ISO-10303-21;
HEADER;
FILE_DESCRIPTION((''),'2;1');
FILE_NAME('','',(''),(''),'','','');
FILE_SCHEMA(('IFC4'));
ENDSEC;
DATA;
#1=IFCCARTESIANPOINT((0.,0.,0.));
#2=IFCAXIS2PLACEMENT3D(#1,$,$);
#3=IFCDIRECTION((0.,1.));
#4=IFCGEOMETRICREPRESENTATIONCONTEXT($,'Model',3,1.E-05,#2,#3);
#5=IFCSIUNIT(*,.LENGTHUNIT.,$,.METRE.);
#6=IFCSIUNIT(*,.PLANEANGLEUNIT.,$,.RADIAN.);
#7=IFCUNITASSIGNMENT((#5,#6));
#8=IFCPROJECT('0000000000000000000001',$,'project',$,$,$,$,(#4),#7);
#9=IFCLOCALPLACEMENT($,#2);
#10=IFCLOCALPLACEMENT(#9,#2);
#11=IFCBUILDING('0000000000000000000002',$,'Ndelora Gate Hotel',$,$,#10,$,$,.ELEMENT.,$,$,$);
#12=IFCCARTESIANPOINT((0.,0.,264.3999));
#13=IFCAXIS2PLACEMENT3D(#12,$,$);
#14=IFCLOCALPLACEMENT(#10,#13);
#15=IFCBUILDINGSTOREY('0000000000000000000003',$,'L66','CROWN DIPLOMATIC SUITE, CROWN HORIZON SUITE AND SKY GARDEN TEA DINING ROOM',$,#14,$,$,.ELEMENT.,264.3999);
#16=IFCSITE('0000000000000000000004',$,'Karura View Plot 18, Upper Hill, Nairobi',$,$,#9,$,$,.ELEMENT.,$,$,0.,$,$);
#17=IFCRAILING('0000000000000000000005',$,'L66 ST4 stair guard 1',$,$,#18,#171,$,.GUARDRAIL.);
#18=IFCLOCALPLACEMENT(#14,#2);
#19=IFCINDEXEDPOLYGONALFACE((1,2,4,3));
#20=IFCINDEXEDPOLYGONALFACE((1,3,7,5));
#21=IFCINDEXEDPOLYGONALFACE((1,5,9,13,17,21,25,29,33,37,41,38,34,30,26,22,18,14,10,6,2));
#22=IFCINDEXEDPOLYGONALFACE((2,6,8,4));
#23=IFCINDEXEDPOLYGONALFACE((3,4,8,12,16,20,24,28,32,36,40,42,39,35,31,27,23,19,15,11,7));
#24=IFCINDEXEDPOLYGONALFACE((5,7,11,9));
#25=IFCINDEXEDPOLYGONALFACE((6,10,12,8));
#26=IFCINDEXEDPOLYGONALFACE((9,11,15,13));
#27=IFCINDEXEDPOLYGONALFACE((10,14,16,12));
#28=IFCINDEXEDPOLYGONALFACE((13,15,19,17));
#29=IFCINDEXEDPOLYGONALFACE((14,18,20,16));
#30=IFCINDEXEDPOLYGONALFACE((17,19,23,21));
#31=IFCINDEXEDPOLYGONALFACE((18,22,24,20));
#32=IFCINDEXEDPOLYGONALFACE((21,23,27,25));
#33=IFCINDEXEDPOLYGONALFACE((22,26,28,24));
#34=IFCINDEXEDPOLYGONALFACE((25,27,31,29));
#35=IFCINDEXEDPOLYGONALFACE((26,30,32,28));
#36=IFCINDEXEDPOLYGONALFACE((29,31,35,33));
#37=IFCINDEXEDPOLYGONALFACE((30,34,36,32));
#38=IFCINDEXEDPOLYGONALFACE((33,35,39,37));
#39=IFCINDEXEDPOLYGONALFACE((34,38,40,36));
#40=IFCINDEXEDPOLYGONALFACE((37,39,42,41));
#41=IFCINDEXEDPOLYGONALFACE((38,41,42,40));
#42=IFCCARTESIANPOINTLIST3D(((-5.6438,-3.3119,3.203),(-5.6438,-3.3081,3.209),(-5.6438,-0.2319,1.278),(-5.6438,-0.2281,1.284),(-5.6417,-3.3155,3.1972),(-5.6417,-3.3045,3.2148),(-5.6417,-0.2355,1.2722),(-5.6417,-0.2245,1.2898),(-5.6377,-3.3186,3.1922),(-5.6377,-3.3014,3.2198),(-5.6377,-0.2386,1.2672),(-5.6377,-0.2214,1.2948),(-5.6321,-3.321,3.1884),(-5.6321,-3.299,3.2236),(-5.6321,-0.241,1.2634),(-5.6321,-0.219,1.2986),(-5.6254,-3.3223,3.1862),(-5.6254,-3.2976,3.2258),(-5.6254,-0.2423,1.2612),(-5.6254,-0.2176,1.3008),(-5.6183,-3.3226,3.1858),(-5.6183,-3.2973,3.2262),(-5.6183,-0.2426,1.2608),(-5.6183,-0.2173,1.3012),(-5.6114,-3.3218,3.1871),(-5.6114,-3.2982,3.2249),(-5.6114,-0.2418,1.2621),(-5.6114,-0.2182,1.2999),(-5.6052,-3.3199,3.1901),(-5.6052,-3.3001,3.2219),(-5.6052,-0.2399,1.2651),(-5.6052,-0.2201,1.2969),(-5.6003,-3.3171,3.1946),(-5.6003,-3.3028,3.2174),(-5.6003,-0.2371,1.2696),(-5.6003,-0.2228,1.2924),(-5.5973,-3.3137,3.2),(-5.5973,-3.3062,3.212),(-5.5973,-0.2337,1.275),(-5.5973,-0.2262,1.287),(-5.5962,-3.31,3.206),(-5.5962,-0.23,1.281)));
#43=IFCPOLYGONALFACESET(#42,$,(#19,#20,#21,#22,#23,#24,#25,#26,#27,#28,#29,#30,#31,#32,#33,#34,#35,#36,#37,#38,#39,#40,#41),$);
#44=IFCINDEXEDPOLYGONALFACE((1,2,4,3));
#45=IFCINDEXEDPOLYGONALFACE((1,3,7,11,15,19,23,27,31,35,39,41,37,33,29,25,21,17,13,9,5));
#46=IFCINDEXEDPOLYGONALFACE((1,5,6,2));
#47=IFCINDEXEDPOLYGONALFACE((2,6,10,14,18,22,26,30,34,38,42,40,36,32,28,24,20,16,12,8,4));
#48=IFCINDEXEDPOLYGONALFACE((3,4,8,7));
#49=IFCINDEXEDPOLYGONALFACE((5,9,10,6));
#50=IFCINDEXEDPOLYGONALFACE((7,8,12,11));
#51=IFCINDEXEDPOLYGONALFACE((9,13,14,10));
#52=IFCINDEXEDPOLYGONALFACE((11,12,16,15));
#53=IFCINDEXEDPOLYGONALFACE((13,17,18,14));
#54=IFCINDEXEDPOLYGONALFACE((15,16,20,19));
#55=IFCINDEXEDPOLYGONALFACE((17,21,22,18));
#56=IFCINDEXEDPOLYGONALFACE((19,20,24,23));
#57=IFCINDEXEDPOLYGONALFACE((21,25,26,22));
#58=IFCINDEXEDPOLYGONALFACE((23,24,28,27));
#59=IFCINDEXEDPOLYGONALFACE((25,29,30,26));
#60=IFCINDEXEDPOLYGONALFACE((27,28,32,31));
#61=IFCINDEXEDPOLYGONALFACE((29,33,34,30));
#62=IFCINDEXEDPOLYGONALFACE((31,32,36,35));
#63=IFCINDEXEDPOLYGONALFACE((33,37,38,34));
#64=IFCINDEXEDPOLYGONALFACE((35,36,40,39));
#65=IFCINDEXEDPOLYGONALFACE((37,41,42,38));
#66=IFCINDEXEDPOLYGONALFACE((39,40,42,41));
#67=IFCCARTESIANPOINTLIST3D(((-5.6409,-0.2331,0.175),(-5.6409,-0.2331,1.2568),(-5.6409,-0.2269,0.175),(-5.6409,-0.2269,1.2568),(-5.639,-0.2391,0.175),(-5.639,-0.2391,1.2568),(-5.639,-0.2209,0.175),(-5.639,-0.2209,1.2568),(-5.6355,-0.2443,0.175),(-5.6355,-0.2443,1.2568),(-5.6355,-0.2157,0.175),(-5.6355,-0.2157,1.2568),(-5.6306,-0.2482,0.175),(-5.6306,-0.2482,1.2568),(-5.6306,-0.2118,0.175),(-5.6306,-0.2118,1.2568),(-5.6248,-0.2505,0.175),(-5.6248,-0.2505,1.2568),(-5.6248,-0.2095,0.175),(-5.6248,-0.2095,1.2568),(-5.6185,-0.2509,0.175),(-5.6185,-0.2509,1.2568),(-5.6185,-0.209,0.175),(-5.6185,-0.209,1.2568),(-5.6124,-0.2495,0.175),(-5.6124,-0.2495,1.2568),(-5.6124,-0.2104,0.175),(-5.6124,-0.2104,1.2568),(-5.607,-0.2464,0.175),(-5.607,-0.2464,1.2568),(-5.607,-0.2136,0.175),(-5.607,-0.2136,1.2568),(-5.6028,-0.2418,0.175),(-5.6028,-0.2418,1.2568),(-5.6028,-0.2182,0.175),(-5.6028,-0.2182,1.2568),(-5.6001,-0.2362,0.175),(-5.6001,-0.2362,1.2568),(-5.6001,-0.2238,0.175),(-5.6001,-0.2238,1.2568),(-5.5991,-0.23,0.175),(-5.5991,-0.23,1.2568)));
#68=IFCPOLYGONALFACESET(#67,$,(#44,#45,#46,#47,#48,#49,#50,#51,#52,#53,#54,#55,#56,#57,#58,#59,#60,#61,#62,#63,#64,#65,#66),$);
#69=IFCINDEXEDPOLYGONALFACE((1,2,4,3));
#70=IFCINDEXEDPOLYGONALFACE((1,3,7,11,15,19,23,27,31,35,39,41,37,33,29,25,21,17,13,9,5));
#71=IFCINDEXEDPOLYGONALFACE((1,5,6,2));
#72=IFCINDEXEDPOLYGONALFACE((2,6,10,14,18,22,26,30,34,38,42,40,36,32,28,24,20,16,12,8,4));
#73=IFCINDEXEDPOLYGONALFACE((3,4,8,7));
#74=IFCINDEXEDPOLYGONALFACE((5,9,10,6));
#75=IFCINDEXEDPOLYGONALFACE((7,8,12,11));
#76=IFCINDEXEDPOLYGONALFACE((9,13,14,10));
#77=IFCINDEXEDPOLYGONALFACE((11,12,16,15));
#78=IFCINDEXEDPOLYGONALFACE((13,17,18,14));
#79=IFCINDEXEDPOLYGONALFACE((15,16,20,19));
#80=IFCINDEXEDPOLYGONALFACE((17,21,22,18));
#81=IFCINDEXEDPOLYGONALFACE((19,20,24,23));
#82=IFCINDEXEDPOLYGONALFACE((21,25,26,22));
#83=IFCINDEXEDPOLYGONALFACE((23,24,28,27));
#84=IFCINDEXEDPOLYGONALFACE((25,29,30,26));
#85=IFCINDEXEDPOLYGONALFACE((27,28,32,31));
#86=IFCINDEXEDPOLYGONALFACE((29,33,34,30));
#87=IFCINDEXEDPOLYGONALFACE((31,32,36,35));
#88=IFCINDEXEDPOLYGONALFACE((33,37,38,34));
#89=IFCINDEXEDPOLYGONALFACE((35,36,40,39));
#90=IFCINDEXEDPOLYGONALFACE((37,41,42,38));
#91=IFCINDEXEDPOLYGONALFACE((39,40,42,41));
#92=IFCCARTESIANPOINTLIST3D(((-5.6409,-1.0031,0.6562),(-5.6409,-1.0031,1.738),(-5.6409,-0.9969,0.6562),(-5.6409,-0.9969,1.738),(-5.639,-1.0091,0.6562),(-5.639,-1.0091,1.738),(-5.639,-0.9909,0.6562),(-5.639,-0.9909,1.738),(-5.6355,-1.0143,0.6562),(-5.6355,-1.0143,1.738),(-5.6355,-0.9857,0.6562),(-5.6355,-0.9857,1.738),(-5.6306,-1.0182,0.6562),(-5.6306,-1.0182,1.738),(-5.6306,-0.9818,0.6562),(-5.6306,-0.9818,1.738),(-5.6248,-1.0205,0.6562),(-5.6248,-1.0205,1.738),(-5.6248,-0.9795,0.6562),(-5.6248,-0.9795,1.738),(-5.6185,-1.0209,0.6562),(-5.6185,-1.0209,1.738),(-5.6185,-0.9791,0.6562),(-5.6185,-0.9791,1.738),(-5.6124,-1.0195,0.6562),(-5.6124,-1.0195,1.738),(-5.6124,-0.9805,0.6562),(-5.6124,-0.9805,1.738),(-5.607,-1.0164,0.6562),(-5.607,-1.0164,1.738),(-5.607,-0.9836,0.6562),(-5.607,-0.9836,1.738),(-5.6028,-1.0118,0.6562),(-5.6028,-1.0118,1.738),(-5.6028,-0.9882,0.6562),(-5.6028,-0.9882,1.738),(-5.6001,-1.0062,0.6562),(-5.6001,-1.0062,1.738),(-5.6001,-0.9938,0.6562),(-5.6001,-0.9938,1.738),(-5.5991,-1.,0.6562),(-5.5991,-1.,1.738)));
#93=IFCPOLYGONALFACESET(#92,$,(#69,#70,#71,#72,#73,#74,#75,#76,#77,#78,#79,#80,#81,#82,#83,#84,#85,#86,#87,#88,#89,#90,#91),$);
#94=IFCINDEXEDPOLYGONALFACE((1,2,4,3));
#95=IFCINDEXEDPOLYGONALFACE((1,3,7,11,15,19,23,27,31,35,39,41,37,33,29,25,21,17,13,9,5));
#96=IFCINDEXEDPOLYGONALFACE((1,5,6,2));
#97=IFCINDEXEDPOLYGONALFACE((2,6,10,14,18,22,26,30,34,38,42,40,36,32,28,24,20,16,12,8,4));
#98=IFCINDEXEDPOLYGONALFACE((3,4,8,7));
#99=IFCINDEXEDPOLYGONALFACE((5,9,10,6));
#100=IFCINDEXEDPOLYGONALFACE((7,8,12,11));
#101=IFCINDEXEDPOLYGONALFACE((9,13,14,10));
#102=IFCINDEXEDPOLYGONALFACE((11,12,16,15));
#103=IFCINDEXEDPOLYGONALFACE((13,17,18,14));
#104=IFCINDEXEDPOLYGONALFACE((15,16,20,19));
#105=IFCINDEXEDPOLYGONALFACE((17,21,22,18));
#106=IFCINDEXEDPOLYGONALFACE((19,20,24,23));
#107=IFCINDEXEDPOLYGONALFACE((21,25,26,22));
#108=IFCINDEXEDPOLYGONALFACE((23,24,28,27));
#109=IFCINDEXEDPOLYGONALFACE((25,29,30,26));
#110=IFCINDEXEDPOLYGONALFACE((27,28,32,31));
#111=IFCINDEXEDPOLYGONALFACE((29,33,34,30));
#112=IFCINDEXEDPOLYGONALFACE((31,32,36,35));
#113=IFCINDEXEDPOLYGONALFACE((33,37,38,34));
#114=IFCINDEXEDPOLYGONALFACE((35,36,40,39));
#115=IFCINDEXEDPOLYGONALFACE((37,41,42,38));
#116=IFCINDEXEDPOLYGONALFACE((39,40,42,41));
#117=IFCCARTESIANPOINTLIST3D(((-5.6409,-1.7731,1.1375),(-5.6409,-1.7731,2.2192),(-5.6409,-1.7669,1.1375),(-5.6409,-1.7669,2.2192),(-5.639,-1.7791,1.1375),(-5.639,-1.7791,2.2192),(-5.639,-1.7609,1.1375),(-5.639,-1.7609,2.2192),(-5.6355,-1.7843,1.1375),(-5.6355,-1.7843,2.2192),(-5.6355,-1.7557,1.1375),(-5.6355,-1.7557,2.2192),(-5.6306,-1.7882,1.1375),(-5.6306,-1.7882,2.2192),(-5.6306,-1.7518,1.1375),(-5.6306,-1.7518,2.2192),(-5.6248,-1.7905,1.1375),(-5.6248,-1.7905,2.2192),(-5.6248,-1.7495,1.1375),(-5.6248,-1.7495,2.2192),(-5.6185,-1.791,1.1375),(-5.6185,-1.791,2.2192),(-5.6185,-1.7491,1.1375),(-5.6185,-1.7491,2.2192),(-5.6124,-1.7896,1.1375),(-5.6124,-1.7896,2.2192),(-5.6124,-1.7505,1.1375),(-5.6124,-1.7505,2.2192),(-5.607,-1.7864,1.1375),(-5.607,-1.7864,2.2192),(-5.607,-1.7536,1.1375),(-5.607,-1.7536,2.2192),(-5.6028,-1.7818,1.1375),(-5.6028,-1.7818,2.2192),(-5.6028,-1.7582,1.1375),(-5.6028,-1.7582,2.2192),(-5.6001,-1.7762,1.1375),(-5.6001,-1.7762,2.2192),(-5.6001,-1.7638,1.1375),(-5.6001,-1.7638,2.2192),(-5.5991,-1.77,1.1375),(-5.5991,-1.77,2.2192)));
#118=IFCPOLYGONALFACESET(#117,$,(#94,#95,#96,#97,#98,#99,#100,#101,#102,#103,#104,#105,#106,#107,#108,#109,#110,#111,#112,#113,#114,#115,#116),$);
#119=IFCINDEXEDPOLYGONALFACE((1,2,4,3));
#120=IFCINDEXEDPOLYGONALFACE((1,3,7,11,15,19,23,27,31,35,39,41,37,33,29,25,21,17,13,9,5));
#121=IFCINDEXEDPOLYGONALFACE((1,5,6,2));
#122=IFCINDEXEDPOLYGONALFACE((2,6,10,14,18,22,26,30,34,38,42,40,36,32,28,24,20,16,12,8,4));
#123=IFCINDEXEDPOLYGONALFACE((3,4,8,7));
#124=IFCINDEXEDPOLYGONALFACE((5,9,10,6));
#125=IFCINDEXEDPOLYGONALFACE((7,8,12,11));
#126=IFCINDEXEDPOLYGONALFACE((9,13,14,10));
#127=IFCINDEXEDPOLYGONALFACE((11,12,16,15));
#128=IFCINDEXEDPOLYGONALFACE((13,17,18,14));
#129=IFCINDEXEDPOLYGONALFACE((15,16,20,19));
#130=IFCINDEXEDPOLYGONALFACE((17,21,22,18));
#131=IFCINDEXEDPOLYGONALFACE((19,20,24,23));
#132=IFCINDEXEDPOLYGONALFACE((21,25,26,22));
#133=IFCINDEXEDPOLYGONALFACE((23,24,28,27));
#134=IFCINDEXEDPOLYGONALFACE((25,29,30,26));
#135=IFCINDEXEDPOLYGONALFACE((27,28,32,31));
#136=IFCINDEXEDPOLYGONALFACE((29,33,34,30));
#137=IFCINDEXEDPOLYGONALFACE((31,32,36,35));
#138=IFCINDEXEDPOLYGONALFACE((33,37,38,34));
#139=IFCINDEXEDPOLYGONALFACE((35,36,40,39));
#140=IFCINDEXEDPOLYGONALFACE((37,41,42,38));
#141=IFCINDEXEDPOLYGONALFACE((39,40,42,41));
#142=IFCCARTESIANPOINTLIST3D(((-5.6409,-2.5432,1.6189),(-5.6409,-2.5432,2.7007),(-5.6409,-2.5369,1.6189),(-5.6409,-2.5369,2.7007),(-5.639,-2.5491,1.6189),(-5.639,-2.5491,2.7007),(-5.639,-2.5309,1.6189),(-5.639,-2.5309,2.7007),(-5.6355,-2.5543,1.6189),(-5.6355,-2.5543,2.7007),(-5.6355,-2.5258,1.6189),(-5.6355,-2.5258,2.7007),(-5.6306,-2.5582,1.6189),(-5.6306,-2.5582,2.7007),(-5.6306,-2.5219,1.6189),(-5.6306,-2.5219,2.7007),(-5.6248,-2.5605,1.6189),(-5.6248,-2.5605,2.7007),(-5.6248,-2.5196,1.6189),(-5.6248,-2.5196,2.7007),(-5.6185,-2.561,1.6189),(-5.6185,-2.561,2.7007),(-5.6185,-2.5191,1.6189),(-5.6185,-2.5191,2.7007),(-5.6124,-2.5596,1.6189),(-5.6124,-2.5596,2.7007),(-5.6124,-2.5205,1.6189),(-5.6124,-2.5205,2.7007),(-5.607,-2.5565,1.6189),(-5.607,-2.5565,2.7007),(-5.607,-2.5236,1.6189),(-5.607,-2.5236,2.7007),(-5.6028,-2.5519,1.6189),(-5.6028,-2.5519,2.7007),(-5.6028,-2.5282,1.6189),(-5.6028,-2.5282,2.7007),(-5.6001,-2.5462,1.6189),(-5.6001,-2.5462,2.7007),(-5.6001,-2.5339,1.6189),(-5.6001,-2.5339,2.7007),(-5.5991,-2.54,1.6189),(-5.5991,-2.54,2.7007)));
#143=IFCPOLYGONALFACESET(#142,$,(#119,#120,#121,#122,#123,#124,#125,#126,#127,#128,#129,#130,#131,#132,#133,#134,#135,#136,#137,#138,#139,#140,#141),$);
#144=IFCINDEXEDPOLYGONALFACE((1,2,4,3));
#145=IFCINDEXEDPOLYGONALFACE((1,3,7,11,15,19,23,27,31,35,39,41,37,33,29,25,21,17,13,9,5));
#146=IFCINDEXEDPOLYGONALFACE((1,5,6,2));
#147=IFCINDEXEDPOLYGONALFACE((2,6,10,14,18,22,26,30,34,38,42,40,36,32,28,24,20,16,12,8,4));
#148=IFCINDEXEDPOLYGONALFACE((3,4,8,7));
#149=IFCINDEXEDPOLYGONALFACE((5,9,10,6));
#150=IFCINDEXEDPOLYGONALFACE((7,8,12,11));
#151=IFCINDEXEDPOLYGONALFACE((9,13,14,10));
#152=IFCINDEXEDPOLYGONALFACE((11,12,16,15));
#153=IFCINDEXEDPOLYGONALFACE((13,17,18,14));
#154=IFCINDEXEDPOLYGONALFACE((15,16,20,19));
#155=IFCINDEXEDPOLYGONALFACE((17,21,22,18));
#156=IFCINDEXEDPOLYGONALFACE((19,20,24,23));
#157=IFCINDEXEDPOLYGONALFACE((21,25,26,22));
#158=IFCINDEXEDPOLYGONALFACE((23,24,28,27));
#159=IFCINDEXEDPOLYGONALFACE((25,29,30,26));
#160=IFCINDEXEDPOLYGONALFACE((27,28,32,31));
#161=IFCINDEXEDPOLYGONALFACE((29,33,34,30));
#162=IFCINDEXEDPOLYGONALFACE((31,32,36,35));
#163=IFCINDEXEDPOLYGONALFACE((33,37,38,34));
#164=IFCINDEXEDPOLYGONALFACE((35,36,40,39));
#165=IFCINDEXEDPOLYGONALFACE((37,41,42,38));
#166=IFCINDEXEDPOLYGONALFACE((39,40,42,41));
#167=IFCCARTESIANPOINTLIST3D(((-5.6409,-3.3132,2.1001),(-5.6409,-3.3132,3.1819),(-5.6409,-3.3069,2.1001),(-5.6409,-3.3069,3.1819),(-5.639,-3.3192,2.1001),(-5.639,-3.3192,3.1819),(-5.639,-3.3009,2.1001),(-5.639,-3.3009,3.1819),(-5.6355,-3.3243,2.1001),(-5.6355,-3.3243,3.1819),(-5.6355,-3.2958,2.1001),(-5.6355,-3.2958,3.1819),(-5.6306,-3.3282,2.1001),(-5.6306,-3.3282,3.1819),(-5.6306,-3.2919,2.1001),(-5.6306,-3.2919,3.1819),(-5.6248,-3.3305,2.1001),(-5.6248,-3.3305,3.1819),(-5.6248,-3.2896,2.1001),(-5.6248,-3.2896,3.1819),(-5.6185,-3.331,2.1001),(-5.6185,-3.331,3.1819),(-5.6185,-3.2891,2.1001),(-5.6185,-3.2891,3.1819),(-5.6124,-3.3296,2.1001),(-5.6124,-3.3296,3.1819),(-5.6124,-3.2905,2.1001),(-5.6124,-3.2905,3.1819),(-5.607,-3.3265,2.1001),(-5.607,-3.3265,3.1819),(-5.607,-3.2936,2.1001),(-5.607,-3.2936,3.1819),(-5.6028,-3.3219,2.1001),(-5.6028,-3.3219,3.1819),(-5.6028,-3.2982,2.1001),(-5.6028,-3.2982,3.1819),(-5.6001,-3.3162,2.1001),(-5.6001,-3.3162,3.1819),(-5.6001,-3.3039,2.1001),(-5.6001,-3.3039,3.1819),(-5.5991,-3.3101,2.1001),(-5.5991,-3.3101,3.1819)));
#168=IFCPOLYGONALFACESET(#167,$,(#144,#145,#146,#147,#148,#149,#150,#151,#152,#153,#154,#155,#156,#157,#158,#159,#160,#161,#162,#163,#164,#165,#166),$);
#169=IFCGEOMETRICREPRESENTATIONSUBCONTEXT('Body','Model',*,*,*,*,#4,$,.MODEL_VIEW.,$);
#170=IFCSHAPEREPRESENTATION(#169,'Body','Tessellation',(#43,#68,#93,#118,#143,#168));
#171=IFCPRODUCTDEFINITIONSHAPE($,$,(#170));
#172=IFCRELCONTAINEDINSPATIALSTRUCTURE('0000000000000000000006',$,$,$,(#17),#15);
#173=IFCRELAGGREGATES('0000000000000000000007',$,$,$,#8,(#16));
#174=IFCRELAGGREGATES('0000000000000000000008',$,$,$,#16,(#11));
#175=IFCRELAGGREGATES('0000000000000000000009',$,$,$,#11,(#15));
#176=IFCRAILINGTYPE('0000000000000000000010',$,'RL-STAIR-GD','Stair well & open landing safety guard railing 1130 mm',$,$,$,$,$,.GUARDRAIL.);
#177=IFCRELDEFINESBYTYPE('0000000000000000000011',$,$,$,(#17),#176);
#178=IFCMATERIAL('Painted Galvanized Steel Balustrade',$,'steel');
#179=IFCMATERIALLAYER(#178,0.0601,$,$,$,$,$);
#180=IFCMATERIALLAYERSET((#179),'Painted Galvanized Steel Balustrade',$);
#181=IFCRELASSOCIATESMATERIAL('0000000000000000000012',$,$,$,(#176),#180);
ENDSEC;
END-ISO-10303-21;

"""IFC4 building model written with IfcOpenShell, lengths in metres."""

from ifc_helpers import new_model, si_unit, direction, frame, origin, origin_2d, place, context, subcontext, project, spatial, circle, extrude, material, layer, layer_set, type_object, element, save


model = new_model("IFC4")

# Units and contexts
model_context = context("Model", 3, precision=1e-05, world=origin(), true_north=direction((0.0, 1.0)))
body_context = subcontext(model_context, "Body", "Model", "MODEL_VIEW")
ifc_project = project(units=[si_unit("LENGTHUNIT", "METRE"), si_unit("PLANEANGLEUNIT", "RADIAN")], contexts=[model_context])

# Site, building, storey
site_placement = place(None, origin())
site = spatial("IfcSite", under=ifc_project, at=site_placement, Name="Karura View Plot 18, Upper Hill, Nairobi", CompositionType="ELEMENT", RefElevation=0.0)
building_placement = place(site_placement, origin())
building = spatial("IfcBuilding", under=site, at=building_placement, Name="Ndelora Gate Hotel", CompositionType="ELEMENT")
storey_placement = place(building_placement, frame((0.0, 0.0, 264.3999)))
storey = spatial("IfcBuildingStorey", under=building, at=storey_placement, Name="L66", Description="CROWN DIPLOMATIC SUITE, CROWN HORIZON SUITE AND SKY GARDEN TEA DINING ROOM", CompositionType="ELEMENT", Elevation=264.3999)

# Railing
ifc_material_1 = material(Name="Painted Galvanized Steel Balustrade", Category="steel")
ifc_layer_1 = layer(ifc_material_1, 0.0601)
ifc_layer_set_1 = layer_set([ifc_layer_1], Name="Painted Galvanized Steel Balustrade")
railing_type_1 = type_object("IfcRailingType", Name="RL-STAIR-GD", Description="Stair well & open landing safety guard railing 1130 mm", PredefinedType="GUARDRAIL", material=ifc_layer_set_1)
railing_1_placement = place(storey_placement, frame((-5.6201, -0.23, 0.175)))
element("IfcRailing", 1, at=railing_1_placement, inside=storey, type_object=railing_type_1, Name="L66 ST4 stair guard 1", PredefinedType="GUARDRAIL", context=body_context, shape_type="SweptSolid", body=[
    extrude(circle(Radius=0.0239, at=origin_2d()), frame((0.0, 0.0, 1.106), z_axis=(0.0, -0.847998, 0.529999), x_axis=(1.0, 0.0, 0.0)), (0.0, 0.0, 1.0), 3.6321),
    extrude(circle(Radius=0.021, at=origin_2d()), origin(), (0.0, 0.0, 1.0), 1.0818),
    extrude(circle(Radius=0.021, at=origin_2d()), frame((0.0, -0.77, 0.4812)), (0.0, 0.0, 1.0), 1.0818),
    extrude(circle(Radius=0.021, at=origin_2d()), frame((0.0, -1.54, 0.9624)), (0.0, 0.0, 1.0), 1.0818),
    extrude(circle(Radius=0.021, at=origin_2d()), frame((0.0, -2.3101, 1.4438)), (0.0, 0.0, 1.0), 1.0818),
    extrude(circle(Radius=0.021, at=origin_2d()), frame((0.0, -3.0801, 1.925)), (0.0, 0.0, 1.0), 1.0818),
])

save(model, "model.ifc")
